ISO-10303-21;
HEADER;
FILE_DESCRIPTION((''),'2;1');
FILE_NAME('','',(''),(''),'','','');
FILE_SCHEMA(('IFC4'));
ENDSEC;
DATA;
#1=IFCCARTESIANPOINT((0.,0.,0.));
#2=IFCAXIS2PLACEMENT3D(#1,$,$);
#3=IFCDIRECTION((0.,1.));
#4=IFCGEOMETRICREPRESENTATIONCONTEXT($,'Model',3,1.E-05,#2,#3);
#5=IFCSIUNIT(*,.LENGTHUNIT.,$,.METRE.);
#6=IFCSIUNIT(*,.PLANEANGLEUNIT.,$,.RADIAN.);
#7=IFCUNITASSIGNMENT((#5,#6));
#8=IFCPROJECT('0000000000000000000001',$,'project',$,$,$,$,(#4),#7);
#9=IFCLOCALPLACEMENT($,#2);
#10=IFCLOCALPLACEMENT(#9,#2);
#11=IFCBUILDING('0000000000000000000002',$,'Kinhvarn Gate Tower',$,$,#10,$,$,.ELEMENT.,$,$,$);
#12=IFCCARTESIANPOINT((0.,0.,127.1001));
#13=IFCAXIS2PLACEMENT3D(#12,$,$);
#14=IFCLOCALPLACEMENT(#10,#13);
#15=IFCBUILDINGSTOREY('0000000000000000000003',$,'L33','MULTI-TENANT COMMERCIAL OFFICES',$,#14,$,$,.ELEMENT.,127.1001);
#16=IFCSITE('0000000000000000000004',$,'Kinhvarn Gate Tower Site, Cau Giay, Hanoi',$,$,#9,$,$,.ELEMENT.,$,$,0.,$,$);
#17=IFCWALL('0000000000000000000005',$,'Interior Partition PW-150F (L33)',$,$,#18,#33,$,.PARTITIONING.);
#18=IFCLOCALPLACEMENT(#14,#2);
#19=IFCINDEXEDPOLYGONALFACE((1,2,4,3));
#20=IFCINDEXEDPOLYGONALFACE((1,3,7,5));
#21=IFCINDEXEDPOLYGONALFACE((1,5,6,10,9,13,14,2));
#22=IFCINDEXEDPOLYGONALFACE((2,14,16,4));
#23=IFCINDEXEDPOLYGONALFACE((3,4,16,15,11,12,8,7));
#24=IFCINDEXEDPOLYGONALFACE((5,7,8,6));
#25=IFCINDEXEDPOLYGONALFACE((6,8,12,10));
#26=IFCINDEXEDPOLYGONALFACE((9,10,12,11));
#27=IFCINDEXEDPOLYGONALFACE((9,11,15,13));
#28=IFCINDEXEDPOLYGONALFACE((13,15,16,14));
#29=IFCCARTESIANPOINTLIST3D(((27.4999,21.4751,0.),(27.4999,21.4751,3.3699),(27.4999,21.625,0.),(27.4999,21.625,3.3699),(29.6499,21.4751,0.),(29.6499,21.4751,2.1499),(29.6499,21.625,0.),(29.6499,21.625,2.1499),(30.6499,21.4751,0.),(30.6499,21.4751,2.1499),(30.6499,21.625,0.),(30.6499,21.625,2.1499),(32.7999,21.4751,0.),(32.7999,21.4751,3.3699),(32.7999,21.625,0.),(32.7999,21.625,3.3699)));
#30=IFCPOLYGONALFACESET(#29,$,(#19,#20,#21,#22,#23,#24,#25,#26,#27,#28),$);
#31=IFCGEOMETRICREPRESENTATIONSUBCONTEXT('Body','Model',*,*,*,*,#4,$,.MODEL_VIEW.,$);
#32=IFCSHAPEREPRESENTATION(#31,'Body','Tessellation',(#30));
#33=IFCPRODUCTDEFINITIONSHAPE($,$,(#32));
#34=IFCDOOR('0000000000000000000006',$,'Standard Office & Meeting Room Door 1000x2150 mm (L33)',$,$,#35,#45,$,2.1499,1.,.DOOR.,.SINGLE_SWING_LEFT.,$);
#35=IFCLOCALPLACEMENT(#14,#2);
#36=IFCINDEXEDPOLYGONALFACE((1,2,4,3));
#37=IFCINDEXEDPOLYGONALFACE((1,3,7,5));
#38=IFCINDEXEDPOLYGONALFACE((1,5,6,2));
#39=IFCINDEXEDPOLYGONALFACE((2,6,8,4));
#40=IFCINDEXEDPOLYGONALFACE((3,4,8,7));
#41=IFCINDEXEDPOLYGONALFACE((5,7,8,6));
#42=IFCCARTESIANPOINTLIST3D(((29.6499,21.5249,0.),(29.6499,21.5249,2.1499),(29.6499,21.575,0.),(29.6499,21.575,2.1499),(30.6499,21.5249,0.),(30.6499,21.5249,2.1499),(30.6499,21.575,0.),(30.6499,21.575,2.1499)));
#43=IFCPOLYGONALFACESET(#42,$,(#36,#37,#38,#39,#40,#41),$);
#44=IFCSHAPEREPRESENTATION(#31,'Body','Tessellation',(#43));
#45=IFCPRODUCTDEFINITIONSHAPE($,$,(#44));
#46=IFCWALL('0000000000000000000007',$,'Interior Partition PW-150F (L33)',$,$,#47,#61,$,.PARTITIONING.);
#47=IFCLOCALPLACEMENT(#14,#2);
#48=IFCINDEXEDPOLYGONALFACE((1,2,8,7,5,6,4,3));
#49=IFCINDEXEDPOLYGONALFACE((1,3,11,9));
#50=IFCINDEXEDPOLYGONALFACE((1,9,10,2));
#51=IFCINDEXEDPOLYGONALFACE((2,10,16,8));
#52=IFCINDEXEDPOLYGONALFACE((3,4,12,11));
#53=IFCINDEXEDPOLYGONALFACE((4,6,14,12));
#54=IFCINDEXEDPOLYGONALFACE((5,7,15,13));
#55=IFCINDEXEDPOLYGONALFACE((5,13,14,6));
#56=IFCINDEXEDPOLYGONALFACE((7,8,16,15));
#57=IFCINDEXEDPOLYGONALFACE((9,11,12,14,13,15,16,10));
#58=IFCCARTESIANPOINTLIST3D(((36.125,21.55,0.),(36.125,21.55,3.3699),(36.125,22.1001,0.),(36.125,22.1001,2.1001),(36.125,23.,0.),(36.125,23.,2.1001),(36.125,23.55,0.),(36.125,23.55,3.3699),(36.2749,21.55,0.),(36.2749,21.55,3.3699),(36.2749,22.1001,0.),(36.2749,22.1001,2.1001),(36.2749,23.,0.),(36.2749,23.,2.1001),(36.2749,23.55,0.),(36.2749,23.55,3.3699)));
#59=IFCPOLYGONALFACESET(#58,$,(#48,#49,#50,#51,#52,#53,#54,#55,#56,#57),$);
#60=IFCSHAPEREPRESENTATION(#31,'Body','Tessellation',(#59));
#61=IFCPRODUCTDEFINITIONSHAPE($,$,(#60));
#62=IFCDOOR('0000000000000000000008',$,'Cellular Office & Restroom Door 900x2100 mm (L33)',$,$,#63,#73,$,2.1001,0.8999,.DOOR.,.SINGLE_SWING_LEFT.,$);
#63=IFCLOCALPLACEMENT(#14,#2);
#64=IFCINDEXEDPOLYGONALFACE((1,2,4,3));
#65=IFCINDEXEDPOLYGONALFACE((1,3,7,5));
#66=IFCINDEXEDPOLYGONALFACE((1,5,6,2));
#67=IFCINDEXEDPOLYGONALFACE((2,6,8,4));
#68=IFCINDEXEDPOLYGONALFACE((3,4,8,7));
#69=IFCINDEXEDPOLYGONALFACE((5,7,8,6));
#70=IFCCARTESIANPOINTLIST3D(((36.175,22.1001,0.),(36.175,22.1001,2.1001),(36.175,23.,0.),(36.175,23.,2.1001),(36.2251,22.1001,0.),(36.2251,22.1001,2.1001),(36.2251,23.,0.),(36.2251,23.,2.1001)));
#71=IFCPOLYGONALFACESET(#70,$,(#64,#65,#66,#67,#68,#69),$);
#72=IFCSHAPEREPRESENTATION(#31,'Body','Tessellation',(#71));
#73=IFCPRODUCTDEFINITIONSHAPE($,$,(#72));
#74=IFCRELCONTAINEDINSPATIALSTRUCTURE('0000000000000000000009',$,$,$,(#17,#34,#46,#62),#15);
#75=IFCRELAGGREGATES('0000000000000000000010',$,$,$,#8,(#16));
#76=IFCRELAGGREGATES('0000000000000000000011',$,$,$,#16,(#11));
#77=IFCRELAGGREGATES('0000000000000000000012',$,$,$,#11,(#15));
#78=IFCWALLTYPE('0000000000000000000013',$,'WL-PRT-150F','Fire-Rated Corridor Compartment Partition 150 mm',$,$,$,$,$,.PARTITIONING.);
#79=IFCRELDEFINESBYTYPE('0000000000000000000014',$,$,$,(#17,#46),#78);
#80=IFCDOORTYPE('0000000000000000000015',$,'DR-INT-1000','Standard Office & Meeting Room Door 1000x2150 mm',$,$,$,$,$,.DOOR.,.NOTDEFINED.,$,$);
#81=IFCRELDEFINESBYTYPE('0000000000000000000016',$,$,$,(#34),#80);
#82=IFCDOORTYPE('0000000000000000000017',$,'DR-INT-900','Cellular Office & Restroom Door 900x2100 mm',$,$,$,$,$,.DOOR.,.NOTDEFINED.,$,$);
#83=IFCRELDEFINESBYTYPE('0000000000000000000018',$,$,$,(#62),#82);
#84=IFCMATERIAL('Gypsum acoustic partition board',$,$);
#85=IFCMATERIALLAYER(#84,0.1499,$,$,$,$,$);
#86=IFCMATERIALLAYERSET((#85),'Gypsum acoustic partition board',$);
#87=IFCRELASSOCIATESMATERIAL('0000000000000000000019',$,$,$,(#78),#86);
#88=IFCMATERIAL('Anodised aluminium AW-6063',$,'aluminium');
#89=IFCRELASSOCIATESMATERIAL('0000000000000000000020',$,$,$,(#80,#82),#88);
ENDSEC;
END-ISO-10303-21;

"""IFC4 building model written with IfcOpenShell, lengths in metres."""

from ifc_helpers import new_model, si_unit, direction, frame, frame_2d, origin, place, context, subcontext, project, spatial, rectangle, extrude, material, layer, layer_set, type_object, element, fill, save


model = new_model("IFC4")

# Units and contexts
model_context = context("Model", 3, precision=1e-05, world=origin(), true_north=direction((0.0, 1.0)))
body_context = subcontext(model_context, "Body", "Model", "MODEL_VIEW")
ifc_project = project(units=[si_unit("LENGTHUNIT", "METRE"), si_unit("PLANEANGLEUNIT", "RADIAN")], contexts=[model_context])

# Site, building, storey
site_placement = place(None, origin())
site = spatial("IfcSite", under=ifc_project, at=site_placement, Name="Kinhvarn Gate Tower Site, Cau Giay, Hanoi", CompositionType="ELEMENT", RefElevation=0.0)
building_placement = place(site_placement, origin())
building = spatial("IfcBuilding", under=site, at=building_placement, Name="Kinhvarn Gate Tower", CompositionType="ELEMENT")
storey_placement = place(building_placement, frame((0.0, 0.0, 127.1001)))
storey = spatial("IfcBuildingStorey", under=building, at=storey_placement, Name="L33", Description="MULTI-TENANT COMMERCIAL OFFICES", CompositionType="ELEMENT", Elevation=127.1001)

# Shared definitions
ifc_material_1 = material(Name="Gypsum acoustic partition board")

# Walls, openings, doors
ifc_layer_1 = layer(ifc_material_1, 0.1499)
ifc_layer_set_1 = layer_set([ifc_layer_1], Name="Gypsum acoustic partition board")
wall_type_1 = type_object("IfcWallType", Name="WL-PRT-150F", Description="Fire-Rated Corridor Compartment Partition 150 mm", PredefinedType="PARTITIONING", material=ifc_layer_set_1)
wall_1_placement = place(storey_placement, frame((27.5, 21.55, 0.0), z_axis=(0.0, 0.0, 1.0), x_axis=(1.0, 0.0, 0.0)))
wall_1 = element("IfcWall", 1, at=wall_1_placement, inside=storey, type_object=wall_type_1, Name="Interior Partition PW-150F (L33)", PredefinedType="PARTITIONING", context=body_context, shape_type="SweptSolid", body=[
    extrude(rectangle(XDim=5.3, YDim=0.1499, at=frame_2d((2.6499, 0.0))), origin(), (0.0, 0.0, 1.0), 3.3699),
])
opening_1_placement = place(wall_1_placement, frame((2.1499, 0.0, 0.0)))
opening_1 = element("IfcOpeningElement", 2, at=opening_1_placement, cuts=wall_1, PredefinedType="OPENING", context=body_context, shape_type="SweptSolid", body=[
    extrude(rectangle(XDim=1.0, YDim=2.1499, at=frame_2d((0.5, 1.075))), frame((0.0, 0.085, 0.0), z_axis=(0.0, -1.0, 0.0), x_axis=(1.0, 0.0, 0.0)), (0.0, 0.0, 1.0), 0.1699),
])
ifc_material_2 = material(Name="Anodised aluminium AW-6063", Category="aluminium")
door_type_1 = type_object("IfcDoorType", Name="DR-INT-1000", Description="Standard Office & Meeting Room Door 1000x2150 mm", OperationType="NOTDEFINED", PredefinedType="DOOR", material=ifc_material_2)
door_1_placement = place(opening_1_placement, origin())
door_1 = element("IfcDoor", 3, at=door_1_placement, inside=storey, type_object=door_type_1, Name="Standard Office & Meeting Room Door 1000x2150 mm (L33)", OperationType="SINGLE_SWING_LEFT", OverallHeight=2.1499, OverallWidth=1.0, PredefinedType="DOOR", context=body_context, shape_type="SweptSolid", body=[
    extrude(rectangle(XDim=1.0, YDim=2.1499, at=frame_2d((0.5, 1.075))), frame((0.0, 0.0249, 0.0), z_axis=(0.0, -1.0, 0.0), x_axis=(1.0, 0.0, 0.0)), (0.0, 0.0, 1.0), 0.05),
])
fill(opening_1, door_1)
wall_2_placement = place(storey_placement, frame((36.2, 21.55, 0.0), z_axis=(0.0, 0.0, 1.0), x_axis=(0.0, 1.0, 0.0)))
wall_2 = element("IfcWall", 4, at=wall_2_placement, inside=storey, type_object=wall_type_1, Name="Interior Partition PW-150F (L33)", PredefinedType="PARTITIONING", context=body_context, shape_type="SweptSolid", body=[
    extrude(rectangle(XDim=2.0, YDim=0.1499, at=frame_2d((1.0, 0.0))), origin(), (0.0, 0.0, 1.0), 3.3699),
])
opening_2_placement = place(wall_2_placement, frame((0.55, 0.0, 0.0)))
opening_2 = element("IfcOpeningElement", 5, at=opening_2_placement, cuts=wall_2, PredefinedType="OPENING", context=body_context, shape_type="SweptSolid", body=[
    extrude(rectangle(XDim=0.8999, YDim=2.1001, at=frame_2d((0.45, 1.05))), frame((0.0, 0.085, 0.0), z_axis=(0.0, -1.0, 0.0), x_axis=(1.0, 0.0, 0.0)), (0.0, 0.0, 1.0), 0.1699),
])
door_type_2 = type_object("IfcDoorType", Name="DR-INT-900", Description="Cellular Office & Restroom Door 900x2100 mm", OperationType="NOTDEFINED", PredefinedType="DOOR", material=ifc_material_2)
door_2_placement = place(opening_2_placement, origin())
door_2 = element("IfcDoor", 6, at=door_2_placement, inside=storey, type_object=door_type_2, Name="Cellular Office & Restroom Door 900x2100 mm (L33)", OperationType="SINGLE_SWING_LEFT", OverallHeight=2.1001, OverallWidth=0.8999, PredefinedType="DOOR", context=body_context, shape_type="SweptSolid", body=[
    extrude(rectangle(XDim=0.8999, YDim=2.1001, at=frame_2d((0.45, 1.05))), frame((0.0, 0.0249, 0.0), z_axis=(0.0, -1.0, 0.0), x_axis=(1.0, 0.0, 0.0)), (0.0, 0.0, 1.0), 0.05),
])
fill(opening_2, door_2)

save(model, "model.ifc")
